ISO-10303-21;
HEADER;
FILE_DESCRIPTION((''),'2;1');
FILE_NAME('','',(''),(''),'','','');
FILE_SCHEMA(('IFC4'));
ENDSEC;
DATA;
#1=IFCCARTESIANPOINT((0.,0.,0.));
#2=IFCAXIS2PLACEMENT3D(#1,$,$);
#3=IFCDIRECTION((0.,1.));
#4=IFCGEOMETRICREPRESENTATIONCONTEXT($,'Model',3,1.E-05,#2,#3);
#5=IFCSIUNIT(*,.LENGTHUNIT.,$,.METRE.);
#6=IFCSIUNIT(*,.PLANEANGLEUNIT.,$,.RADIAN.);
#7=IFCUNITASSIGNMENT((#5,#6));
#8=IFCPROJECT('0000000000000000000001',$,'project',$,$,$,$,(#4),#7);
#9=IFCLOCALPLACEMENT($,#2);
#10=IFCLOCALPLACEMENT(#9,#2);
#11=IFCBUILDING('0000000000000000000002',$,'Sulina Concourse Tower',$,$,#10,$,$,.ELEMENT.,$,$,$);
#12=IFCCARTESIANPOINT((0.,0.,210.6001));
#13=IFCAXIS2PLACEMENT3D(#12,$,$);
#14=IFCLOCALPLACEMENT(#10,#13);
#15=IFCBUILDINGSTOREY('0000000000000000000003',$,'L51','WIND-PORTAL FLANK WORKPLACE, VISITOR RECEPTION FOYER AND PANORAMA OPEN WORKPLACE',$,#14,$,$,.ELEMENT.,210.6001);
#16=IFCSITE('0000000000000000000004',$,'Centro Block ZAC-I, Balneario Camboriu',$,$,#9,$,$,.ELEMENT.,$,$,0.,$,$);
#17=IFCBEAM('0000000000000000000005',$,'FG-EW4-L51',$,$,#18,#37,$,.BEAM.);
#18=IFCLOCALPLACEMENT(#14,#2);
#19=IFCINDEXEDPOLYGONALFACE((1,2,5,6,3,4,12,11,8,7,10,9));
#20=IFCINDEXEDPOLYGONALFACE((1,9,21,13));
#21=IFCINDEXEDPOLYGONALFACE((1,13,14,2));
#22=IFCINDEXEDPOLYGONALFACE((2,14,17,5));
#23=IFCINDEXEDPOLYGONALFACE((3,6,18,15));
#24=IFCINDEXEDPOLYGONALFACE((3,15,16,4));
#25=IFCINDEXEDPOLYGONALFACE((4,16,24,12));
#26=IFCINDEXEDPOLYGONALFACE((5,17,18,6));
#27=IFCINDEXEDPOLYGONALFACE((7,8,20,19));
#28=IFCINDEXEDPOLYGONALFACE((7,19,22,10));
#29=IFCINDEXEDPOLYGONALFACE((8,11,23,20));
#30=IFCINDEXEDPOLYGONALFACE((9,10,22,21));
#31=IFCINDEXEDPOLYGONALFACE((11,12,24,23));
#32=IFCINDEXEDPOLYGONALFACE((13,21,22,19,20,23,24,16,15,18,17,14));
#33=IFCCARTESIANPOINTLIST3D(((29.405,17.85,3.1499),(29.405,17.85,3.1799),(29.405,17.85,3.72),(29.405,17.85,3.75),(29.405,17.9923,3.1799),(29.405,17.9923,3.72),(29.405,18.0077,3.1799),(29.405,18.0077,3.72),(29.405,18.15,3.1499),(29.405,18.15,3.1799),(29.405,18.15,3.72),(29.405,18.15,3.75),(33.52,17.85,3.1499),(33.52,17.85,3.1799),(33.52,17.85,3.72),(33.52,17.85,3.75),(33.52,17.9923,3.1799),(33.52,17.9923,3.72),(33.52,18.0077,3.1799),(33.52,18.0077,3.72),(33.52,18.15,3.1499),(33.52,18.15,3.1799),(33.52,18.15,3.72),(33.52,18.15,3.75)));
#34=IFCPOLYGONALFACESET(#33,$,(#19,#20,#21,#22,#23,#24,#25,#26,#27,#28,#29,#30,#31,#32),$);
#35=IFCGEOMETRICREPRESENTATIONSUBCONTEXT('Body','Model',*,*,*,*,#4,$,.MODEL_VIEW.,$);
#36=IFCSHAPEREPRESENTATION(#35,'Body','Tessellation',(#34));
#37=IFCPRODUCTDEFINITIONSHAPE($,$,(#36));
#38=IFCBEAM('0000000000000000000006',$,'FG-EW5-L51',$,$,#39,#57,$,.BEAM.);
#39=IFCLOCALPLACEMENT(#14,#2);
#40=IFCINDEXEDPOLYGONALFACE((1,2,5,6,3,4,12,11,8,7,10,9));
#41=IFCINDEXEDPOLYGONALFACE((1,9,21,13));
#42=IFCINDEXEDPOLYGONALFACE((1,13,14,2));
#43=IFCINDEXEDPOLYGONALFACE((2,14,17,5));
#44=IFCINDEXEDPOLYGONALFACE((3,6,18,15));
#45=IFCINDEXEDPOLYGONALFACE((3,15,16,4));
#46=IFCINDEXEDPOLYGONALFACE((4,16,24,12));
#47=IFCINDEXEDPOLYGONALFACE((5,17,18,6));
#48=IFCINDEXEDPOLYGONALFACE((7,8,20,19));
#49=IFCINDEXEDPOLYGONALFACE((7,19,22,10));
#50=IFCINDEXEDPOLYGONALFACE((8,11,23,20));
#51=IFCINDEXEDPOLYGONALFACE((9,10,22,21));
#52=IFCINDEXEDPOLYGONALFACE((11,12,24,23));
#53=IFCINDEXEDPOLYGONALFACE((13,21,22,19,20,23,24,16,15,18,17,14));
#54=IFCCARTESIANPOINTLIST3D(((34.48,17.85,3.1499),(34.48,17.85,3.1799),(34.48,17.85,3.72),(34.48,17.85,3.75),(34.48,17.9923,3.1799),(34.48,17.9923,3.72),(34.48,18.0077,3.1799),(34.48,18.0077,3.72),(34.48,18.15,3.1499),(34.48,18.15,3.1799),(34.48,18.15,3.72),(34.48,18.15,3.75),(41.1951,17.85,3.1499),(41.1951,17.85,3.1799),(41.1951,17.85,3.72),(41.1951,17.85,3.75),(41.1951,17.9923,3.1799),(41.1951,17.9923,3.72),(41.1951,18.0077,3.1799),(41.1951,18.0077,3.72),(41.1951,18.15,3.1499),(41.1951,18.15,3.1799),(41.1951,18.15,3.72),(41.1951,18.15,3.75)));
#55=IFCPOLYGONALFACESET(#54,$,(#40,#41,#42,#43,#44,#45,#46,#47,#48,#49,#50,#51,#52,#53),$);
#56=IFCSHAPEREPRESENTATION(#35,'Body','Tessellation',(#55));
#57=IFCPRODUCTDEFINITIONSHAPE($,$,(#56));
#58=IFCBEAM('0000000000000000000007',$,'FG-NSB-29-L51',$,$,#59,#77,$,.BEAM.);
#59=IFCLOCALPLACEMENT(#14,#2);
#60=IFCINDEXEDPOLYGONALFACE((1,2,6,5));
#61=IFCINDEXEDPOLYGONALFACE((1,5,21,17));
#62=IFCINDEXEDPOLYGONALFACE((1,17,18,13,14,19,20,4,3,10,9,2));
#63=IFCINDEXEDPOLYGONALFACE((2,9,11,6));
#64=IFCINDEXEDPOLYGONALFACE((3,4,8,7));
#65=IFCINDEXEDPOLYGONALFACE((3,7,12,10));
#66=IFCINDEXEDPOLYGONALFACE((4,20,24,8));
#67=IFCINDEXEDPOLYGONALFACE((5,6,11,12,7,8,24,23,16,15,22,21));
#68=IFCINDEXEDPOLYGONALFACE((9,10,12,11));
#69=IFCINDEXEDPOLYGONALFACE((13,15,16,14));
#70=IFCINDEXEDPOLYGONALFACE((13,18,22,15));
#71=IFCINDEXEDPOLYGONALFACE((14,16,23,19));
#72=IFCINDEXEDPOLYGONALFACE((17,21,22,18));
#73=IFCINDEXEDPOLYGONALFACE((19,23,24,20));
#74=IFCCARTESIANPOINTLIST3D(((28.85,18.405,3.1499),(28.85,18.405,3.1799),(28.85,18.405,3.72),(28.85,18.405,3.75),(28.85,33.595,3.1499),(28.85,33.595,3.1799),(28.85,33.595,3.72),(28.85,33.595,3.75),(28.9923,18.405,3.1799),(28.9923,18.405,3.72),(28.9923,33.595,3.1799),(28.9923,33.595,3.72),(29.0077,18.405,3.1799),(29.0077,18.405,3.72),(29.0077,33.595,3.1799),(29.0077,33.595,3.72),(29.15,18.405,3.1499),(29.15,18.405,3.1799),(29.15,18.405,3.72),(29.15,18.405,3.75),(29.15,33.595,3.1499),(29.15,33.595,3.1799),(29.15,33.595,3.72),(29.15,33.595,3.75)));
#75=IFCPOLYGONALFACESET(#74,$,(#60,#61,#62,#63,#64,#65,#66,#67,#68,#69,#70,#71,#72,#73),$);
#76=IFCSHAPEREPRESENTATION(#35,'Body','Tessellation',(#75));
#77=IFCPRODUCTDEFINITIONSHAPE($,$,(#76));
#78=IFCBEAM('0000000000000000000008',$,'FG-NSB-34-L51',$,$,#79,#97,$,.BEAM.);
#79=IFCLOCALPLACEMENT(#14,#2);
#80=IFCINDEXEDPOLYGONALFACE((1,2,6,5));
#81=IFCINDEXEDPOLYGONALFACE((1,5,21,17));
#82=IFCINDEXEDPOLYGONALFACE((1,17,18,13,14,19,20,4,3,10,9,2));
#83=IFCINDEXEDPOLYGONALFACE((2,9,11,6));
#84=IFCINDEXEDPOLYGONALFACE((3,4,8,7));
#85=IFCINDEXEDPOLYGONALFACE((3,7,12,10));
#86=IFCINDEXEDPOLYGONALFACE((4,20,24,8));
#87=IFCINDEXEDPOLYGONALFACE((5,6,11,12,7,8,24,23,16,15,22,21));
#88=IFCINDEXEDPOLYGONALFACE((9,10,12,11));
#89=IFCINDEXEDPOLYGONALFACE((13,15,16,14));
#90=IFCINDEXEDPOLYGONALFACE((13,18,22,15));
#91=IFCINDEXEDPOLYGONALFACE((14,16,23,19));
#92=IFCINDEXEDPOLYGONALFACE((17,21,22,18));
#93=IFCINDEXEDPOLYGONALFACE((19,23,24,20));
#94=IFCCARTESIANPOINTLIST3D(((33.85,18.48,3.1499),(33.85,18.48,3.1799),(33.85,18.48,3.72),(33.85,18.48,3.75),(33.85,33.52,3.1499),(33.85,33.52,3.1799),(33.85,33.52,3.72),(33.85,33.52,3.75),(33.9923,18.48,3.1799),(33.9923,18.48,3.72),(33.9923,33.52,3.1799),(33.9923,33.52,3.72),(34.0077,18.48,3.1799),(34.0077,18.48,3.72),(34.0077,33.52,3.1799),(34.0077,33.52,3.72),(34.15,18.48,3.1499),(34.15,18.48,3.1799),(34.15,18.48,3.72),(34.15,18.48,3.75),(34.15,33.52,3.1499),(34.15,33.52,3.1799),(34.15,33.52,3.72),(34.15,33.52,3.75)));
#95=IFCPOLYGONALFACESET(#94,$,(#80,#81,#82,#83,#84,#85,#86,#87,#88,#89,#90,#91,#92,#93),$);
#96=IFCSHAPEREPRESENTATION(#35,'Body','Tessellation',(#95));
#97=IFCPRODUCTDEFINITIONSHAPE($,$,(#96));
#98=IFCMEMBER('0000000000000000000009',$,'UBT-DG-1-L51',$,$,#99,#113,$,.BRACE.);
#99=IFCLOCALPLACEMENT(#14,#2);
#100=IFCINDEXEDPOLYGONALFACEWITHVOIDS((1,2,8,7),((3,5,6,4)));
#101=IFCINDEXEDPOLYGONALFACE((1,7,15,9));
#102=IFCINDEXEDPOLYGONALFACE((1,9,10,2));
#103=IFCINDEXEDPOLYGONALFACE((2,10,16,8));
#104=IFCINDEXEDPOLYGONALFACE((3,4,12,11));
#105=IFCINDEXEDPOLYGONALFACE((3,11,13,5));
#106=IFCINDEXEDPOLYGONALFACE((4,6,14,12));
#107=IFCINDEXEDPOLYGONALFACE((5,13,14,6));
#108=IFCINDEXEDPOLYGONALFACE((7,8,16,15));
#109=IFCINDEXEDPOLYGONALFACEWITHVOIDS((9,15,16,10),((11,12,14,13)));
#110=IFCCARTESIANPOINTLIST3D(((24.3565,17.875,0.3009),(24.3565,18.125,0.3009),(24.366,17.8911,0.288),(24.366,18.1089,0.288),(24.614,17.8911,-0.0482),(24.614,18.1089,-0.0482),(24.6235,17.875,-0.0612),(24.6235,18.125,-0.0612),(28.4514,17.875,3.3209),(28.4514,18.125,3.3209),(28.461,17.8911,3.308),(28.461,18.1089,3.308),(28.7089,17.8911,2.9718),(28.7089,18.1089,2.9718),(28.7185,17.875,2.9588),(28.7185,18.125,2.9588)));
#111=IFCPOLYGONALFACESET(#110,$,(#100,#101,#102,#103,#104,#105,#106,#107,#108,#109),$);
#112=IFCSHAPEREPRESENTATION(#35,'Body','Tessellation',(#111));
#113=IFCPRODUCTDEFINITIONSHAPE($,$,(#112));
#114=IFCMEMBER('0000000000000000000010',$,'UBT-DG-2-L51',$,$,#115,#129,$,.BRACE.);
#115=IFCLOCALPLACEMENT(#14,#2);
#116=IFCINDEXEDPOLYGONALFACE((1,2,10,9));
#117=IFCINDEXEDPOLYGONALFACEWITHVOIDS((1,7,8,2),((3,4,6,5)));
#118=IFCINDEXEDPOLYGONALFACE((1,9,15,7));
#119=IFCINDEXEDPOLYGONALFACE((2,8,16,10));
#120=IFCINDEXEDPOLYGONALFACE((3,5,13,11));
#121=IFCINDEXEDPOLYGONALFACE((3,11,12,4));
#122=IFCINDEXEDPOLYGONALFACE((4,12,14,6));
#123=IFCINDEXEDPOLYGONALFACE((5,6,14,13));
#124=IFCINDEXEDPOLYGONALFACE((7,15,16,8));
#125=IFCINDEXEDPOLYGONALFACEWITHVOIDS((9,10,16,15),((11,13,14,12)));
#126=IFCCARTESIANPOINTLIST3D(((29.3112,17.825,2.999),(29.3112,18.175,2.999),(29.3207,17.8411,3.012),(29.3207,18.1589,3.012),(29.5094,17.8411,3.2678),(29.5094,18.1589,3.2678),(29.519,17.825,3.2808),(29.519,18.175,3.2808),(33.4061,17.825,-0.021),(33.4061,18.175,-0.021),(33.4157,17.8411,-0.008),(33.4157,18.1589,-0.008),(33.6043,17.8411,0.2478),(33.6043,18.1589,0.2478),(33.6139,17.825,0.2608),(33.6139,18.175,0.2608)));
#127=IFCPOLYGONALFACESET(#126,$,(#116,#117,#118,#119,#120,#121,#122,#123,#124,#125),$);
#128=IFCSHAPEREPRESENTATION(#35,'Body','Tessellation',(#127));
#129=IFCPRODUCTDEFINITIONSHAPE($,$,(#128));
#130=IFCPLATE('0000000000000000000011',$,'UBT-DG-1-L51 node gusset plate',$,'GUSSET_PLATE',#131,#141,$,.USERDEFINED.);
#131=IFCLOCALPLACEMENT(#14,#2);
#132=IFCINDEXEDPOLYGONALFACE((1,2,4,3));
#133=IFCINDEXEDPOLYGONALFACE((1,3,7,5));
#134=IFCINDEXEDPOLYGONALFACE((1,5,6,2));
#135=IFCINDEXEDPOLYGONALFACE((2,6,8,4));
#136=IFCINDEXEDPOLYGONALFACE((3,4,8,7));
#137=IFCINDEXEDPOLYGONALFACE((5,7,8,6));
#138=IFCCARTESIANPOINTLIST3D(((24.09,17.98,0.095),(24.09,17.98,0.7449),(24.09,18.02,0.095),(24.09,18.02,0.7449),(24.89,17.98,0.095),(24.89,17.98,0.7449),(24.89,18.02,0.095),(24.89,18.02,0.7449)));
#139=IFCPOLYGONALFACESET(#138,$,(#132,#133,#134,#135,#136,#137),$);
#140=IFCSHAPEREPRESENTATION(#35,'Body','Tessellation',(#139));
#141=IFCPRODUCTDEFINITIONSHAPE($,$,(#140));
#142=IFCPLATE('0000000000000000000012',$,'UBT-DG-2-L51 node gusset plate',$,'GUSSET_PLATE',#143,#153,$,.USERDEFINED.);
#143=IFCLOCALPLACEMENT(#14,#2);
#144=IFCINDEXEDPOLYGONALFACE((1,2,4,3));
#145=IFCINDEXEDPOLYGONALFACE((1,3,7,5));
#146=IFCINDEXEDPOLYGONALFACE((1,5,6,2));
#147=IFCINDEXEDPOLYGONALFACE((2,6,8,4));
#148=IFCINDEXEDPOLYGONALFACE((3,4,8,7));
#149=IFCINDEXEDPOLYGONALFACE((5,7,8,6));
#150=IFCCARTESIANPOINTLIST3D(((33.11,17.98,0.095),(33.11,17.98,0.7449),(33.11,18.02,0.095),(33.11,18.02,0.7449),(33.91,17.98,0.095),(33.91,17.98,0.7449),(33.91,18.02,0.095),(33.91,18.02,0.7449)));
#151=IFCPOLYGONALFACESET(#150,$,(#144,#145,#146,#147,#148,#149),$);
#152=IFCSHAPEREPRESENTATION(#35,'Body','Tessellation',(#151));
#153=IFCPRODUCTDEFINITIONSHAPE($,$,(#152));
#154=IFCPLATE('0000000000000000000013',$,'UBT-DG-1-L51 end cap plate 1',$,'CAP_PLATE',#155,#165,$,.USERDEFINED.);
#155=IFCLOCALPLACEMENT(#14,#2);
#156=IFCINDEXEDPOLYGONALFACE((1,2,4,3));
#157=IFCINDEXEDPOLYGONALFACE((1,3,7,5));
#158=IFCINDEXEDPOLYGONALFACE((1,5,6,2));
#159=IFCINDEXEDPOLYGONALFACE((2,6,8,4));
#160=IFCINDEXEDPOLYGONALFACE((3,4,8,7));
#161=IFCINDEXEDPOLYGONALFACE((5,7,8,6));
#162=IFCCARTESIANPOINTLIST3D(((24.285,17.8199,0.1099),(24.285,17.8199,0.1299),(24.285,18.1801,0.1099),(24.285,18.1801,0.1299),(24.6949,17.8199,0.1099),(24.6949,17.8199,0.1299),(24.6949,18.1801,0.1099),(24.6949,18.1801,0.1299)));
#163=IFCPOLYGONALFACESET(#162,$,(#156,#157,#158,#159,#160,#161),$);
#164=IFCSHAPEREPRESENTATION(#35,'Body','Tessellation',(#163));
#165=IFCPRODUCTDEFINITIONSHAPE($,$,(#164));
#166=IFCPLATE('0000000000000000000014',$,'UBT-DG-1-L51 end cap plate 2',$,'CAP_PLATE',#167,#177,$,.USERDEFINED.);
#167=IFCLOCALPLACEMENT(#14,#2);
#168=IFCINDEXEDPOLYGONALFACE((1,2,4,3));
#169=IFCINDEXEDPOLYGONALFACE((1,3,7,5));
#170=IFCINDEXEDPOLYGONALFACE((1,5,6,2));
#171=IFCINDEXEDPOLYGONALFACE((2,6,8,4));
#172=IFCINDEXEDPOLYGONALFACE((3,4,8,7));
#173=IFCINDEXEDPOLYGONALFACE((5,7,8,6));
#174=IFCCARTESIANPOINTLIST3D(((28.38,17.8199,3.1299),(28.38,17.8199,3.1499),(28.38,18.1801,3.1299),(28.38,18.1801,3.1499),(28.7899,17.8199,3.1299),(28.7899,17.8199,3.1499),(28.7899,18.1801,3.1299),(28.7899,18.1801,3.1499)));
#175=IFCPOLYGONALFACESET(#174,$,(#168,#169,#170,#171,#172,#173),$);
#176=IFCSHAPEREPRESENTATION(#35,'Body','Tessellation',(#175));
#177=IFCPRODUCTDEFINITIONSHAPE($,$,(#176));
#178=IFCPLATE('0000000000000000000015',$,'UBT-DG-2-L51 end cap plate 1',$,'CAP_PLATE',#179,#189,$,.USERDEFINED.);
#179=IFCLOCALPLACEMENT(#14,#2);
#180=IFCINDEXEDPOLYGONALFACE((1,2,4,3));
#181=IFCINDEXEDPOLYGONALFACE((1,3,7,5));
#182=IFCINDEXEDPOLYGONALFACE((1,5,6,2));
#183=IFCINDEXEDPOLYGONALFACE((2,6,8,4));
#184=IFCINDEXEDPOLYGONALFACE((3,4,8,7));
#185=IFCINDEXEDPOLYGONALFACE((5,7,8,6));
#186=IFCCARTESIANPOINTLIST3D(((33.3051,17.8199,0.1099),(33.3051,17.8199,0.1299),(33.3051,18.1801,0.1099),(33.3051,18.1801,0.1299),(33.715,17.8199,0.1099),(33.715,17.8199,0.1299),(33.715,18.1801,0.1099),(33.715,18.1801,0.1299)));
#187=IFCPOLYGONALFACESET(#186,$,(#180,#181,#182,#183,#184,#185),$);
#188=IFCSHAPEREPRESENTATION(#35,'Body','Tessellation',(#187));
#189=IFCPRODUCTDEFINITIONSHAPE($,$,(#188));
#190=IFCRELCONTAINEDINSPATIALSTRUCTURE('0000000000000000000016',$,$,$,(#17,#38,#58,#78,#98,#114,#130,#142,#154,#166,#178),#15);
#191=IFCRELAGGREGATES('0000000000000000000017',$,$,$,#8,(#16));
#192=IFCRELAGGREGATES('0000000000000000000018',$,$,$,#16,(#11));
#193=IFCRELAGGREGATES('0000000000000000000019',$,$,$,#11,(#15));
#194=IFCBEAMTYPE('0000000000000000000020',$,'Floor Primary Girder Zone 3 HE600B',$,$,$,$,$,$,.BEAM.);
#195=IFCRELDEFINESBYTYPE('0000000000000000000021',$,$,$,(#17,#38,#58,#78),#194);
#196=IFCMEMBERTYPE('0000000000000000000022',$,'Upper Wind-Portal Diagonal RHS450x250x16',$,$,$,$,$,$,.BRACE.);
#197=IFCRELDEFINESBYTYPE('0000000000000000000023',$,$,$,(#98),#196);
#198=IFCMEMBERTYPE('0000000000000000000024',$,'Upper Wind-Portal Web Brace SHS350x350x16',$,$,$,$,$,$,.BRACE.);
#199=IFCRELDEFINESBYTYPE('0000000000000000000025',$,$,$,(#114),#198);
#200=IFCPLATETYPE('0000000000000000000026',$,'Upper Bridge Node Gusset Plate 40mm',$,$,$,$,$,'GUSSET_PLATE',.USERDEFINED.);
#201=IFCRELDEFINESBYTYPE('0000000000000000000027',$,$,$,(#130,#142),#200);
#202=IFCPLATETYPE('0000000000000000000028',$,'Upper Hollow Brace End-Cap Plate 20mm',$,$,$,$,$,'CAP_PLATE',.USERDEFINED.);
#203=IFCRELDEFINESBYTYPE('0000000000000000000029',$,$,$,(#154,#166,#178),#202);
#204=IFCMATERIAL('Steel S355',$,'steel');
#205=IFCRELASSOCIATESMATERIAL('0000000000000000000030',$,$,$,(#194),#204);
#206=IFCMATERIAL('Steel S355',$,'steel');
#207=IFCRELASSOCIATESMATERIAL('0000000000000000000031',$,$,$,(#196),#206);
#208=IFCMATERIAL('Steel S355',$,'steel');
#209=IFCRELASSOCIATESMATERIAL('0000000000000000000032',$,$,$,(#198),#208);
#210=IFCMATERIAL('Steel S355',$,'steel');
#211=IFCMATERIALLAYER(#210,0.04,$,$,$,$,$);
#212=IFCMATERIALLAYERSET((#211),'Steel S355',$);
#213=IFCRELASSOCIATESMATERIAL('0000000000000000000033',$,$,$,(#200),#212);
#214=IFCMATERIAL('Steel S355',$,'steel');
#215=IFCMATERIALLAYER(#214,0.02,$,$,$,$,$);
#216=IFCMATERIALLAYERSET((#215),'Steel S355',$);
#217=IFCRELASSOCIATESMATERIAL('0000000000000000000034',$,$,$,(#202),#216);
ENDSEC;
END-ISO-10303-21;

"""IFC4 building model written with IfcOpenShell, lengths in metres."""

from ifc_helpers import new_model, si_unit, direction, frame, origin, origin_2d, place, context, subcontext, project, spatial, rectangle, hollow_rectangle, i_section, extrude, material, layer, layer_set, material_profile, profile_set, type_object, element, save


model = new_model("IFC4")

# Units and contexts
model_context = context("Model", 3, precision=1e-05, world=origin(), true_north=direction((0.0, 1.0)))
body_context = subcontext(model_context, "Body", "Model", "MODEL_VIEW")
ifc_project = project(units=[si_unit("LENGTHUNIT", "METRE"), si_unit("PLANEANGLEUNIT", "RADIAN")], contexts=[model_context])

# Site, building, storey
site_placement = place(None, origin())
site = spatial("IfcSite", under=ifc_project, at=site_placement, Name="Centro Block ZAC-I, Balneario Camboriu", CompositionType="ELEMENT", RefElevation=0.0)
building_placement = place(site_placement, origin())
building = spatial("IfcBuilding", under=site, at=building_placement, Name="Sulina Concourse Tower", CompositionType="ELEMENT")
storey_placement = place(building_placement, frame((0.0, 0.0, 210.6001)))
storey = spatial("IfcBuildingStorey", under=building, at=storey_placement, Name="L51", Description="WIND-PORTAL FLANK WORKPLACE, VISITOR RECEPTION FOYER AND PANORAMA OPEN WORKPLACE", CompositionType="ELEMENT", Elevation=210.6001)

# Beams
ifc_material_1 = material(Name="Steel S355", Category="steel")
ifc_material_profile_1 = material_profile(ifc_material_1, i_section(OverallWidth=0.3, OverallDepth=0.6001, WebThickness=0.0154, FlangeThickness=0.03, at=origin_2d()), Name="HE 600 B")
ifc_profile_set_1 = profile_set([ifc_material_profile_1], Name="Steel S355")
beam_type_1 = type_object("IfcBeamType", Name="Floor Primary Girder Zone 3 HE600B", PredefinedType="BEAM", material=ifc_profile_set_1)
beam_1_placement = place(storey_placement, frame((29.405, 18.0, 3.45), z_axis=(1.0, 0.0, 0.0), x_axis=(0.0, 1.0, 0.0)))
element("IfcBeam", 1, at=beam_1_placement, inside=storey, type_object=beam_type_1, Name="FG-EW4-L51", PredefinedType="BEAM", context=body_context, shape_type="SweptSolid", body=[
    extrude(i_section(OverallWidth=0.3, OverallDepth=0.6001, WebThickness=0.0154, FlangeThickness=0.03, at=origin_2d()), origin(), (0.0, 0.0, 1.0), 4.115),
])
beam_2_placement = place(storey_placement, frame((34.48, 18.0, 3.45), z_axis=(1.0, 0.0, 0.0), x_axis=(0.0, 1.0, 0.0)))
element("IfcBeam", 2, at=beam_2_placement, inside=storey, type_object=beam_type_1, Name="FG-EW5-L51", PredefinedType="BEAM", context=body_context, shape_type="SweptSolid", body=[
    extrude(i_section(OverallWidth=0.3, OverallDepth=0.6001, WebThickness=0.0154, FlangeThickness=0.03, at=origin_2d()), origin(), (0.0, 0.0, 1.0), 6.7151),
])
beam_3_placement = place(storey_placement, frame((29.0, 18.405, 3.45), z_axis=(0.0, 1.0, 0.0), x_axis=(-1.0, 0.0, 0.0)))
element("IfcBeam", 3, at=beam_3_placement, inside=storey, type_object=beam_type_1, Name="FG-NSB-29-L51", PredefinedType="BEAM", context=body_context, shape_type="SweptSolid", body=[
    extrude(i_section(OverallWidth=0.3, OverallDepth=0.6001, WebThickness=0.0154, FlangeThickness=0.03, at=origin_2d()), origin(), (0.0, 0.0, 1.0), 15.1899),
])
beam_4_placement = place(storey_placement, frame((34.0, 18.48, 3.45), z_axis=(0.0, 1.0, 0.0), x_axis=(-1.0, 0.0, 0.0)))
element("IfcBeam", 4, at=beam_4_placement, inside=storey, type_object=beam_type_1, Name="FG-NSB-34-L51", PredefinedType="BEAM", context=body_context, shape_type="SweptSolid", body=[
    extrude(i_section(OverallWidth=0.3, OverallDepth=0.6001, WebThickness=0.0154, FlangeThickness=0.03, at=origin_2d()), origin(), (0.0, 0.0, 1.0), 15.04),
])

# Members
ifc_material_2 = material(Name="Steel S355", Category="steel")
ifc_material_profile_2 = material_profile(ifc_material_2, hollow_rectangle(XDim=0.25, YDim=0.45, WallThickness=0.0161, at=origin_2d()), Name="RHS 450x250x16")
ifc_profile_set_2 = profile_set([ifc_material_profile_2], Name="Steel S355")
member_type_1 = type_object("IfcMemberType", Name="Upper Wind-Portal Diagonal RHS450x250x16", PredefinedType="BRACE", material=ifc_profile_set_2)
member_1_placement = place(storey_placement, frame((24.49, 18.0, 0.1199), z_axis=(0.804805, 0.0, 0.593539), x_axis=(0.0, 1.0, 0.0)))
element("IfcMember", 5, at=member_1_placement, inside=storey, type_object=member_type_1, Name="UBT-DG-1-L51", PredefinedType="BRACE", context=body_context, shape_type="SweptSolid", body=[
    extrude(hollow_rectangle(XDim=0.25, YDim=0.45, WallThickness=0.0161, at=origin_2d()), origin(), (0.0, 0.0, 1.0), 5.0881),
])
ifc_material_3 = material(Name="Steel S355", Category="steel")
ifc_material_profile_3 = material_profile(ifc_material_3, hollow_rectangle(XDim=0.3501, YDim=0.3501, WallThickness=0.0161, at=origin_2d()), Name="SHS 350x350x16")
ifc_profile_set_3 = profile_set([ifc_material_profile_3], Name="Steel S355")
member_type_2 = type_object("IfcMemberType", Name="Upper Wind-Portal Web Brace SHS350x350x16", PredefinedType="BRACE", material=ifc_profile_set_3)
member_2_placement = place(storey_placement, frame((33.51, 18.0, 0.1199), z_axis=(-0.804805, 0.0, 0.593539), x_axis=(0.0, -1.0, 0.0)))
element("IfcMember", 6, at=member_2_placement, inside=storey, type_object=member_type_2, Name="UBT-DG-2-L51", PredefinedType="BRACE", context=body_context, shape_type="SweptSolid", body=[
    extrude(hollow_rectangle(XDim=0.3501, YDim=0.3501, WallThickness=0.0161, at=origin_2d()), origin(), (0.0, 0.0, 1.0), 5.0881),
])

# Plates
ifc_material_4 = material(Name="Steel S355", Category="steel")
ifc_layer_1 = layer(ifc_material_4, 0.04)
ifc_layer_set_1 = layer_set([ifc_layer_1], Name="Steel S355")
plate_type_1 = type_object("IfcPlateType", Name="Upper Bridge Node Gusset Plate 40mm", ElementType="GUSSET_PLATE", PredefinedType="USERDEFINED", material=ifc_layer_set_1)
for number, where, z_axis, x_axis, name in (
    (7, (24.49, 18.0, 0.095), (0.0, 0.0, 1.0), (1.0, 0.0, 0.0), "UBT-DG-1-L51 node gusset plate"),
    (8, (33.51, 18.0, 0.095), (0.0, 0.0, 1.0), (1.0, 0.0, 0.0), "UBT-DG-2-L51 node gusset plate"),
):
    element("IfcPlate", number, at=place(storey_placement, frame(where, z_axis=z_axis, x_axis=x_axis)), inside=storey, type_object=plate_type_1, Name=name, ObjectType="GUSSET_PLATE", PredefinedType="USERDEFINED", context=body_context, shape_type="SweptSolid", body=[
        extrude(rectangle(XDim=0.8, YDim=0.04, at=origin_2d()), origin(), (0.0, 0.0, 1.0), 0.6499),
    ])
ifc_material_5 = material(Name="Steel S355", Category="steel")
ifc_layer_2 = layer(ifc_material_5, 0.02)
ifc_layer_set_2 = layer_set([ifc_layer_2], Name="Steel S355")
plate_type_2 = type_object("IfcPlateType", Name="Upper Hollow Brace End-Cap Plate 20mm", ElementType="CAP_PLATE", PredefinedType="USERDEFINED", material=ifc_layer_set_2)
for number, where, z_axis, x_axis, name in (
    (9, (24.49, 18.0, 0.1099), (0.0, 0.0, 1.0), (1.0, 0.0, 0.0), "UBT-DG-1-L51 end cap plate 1"),
    (10, (28.585, 18.0, 3.1299), (0.0, 0.0, 1.0), (1.0, 0.0, 0.0), "UBT-DG-1-L51 end cap plate 2"),
    (11, (33.51, 18.0, 0.1099), (0.0, 0.0, 1.0), (1.0, 0.0, 0.0), "UBT-DG-2-L51 end cap plate 1"),
):
    element("IfcPlate", number, at=place(storey_placement, frame(where, z_axis=z_axis, x_axis=x_axis)), inside=storey, type_object=plate_type_2, Name=name, ObjectType="CAP_PLATE", PredefinedType="USERDEFINED", context=body_context, shape_type="SweptSolid", body=[
        extrude(rectangle(XDim=0.4099, YDim=0.3601, at=origin_2d()), origin(), (0.0, 0.0, 1.0), 0.02),
    ])

save(model, "model.ifc")
